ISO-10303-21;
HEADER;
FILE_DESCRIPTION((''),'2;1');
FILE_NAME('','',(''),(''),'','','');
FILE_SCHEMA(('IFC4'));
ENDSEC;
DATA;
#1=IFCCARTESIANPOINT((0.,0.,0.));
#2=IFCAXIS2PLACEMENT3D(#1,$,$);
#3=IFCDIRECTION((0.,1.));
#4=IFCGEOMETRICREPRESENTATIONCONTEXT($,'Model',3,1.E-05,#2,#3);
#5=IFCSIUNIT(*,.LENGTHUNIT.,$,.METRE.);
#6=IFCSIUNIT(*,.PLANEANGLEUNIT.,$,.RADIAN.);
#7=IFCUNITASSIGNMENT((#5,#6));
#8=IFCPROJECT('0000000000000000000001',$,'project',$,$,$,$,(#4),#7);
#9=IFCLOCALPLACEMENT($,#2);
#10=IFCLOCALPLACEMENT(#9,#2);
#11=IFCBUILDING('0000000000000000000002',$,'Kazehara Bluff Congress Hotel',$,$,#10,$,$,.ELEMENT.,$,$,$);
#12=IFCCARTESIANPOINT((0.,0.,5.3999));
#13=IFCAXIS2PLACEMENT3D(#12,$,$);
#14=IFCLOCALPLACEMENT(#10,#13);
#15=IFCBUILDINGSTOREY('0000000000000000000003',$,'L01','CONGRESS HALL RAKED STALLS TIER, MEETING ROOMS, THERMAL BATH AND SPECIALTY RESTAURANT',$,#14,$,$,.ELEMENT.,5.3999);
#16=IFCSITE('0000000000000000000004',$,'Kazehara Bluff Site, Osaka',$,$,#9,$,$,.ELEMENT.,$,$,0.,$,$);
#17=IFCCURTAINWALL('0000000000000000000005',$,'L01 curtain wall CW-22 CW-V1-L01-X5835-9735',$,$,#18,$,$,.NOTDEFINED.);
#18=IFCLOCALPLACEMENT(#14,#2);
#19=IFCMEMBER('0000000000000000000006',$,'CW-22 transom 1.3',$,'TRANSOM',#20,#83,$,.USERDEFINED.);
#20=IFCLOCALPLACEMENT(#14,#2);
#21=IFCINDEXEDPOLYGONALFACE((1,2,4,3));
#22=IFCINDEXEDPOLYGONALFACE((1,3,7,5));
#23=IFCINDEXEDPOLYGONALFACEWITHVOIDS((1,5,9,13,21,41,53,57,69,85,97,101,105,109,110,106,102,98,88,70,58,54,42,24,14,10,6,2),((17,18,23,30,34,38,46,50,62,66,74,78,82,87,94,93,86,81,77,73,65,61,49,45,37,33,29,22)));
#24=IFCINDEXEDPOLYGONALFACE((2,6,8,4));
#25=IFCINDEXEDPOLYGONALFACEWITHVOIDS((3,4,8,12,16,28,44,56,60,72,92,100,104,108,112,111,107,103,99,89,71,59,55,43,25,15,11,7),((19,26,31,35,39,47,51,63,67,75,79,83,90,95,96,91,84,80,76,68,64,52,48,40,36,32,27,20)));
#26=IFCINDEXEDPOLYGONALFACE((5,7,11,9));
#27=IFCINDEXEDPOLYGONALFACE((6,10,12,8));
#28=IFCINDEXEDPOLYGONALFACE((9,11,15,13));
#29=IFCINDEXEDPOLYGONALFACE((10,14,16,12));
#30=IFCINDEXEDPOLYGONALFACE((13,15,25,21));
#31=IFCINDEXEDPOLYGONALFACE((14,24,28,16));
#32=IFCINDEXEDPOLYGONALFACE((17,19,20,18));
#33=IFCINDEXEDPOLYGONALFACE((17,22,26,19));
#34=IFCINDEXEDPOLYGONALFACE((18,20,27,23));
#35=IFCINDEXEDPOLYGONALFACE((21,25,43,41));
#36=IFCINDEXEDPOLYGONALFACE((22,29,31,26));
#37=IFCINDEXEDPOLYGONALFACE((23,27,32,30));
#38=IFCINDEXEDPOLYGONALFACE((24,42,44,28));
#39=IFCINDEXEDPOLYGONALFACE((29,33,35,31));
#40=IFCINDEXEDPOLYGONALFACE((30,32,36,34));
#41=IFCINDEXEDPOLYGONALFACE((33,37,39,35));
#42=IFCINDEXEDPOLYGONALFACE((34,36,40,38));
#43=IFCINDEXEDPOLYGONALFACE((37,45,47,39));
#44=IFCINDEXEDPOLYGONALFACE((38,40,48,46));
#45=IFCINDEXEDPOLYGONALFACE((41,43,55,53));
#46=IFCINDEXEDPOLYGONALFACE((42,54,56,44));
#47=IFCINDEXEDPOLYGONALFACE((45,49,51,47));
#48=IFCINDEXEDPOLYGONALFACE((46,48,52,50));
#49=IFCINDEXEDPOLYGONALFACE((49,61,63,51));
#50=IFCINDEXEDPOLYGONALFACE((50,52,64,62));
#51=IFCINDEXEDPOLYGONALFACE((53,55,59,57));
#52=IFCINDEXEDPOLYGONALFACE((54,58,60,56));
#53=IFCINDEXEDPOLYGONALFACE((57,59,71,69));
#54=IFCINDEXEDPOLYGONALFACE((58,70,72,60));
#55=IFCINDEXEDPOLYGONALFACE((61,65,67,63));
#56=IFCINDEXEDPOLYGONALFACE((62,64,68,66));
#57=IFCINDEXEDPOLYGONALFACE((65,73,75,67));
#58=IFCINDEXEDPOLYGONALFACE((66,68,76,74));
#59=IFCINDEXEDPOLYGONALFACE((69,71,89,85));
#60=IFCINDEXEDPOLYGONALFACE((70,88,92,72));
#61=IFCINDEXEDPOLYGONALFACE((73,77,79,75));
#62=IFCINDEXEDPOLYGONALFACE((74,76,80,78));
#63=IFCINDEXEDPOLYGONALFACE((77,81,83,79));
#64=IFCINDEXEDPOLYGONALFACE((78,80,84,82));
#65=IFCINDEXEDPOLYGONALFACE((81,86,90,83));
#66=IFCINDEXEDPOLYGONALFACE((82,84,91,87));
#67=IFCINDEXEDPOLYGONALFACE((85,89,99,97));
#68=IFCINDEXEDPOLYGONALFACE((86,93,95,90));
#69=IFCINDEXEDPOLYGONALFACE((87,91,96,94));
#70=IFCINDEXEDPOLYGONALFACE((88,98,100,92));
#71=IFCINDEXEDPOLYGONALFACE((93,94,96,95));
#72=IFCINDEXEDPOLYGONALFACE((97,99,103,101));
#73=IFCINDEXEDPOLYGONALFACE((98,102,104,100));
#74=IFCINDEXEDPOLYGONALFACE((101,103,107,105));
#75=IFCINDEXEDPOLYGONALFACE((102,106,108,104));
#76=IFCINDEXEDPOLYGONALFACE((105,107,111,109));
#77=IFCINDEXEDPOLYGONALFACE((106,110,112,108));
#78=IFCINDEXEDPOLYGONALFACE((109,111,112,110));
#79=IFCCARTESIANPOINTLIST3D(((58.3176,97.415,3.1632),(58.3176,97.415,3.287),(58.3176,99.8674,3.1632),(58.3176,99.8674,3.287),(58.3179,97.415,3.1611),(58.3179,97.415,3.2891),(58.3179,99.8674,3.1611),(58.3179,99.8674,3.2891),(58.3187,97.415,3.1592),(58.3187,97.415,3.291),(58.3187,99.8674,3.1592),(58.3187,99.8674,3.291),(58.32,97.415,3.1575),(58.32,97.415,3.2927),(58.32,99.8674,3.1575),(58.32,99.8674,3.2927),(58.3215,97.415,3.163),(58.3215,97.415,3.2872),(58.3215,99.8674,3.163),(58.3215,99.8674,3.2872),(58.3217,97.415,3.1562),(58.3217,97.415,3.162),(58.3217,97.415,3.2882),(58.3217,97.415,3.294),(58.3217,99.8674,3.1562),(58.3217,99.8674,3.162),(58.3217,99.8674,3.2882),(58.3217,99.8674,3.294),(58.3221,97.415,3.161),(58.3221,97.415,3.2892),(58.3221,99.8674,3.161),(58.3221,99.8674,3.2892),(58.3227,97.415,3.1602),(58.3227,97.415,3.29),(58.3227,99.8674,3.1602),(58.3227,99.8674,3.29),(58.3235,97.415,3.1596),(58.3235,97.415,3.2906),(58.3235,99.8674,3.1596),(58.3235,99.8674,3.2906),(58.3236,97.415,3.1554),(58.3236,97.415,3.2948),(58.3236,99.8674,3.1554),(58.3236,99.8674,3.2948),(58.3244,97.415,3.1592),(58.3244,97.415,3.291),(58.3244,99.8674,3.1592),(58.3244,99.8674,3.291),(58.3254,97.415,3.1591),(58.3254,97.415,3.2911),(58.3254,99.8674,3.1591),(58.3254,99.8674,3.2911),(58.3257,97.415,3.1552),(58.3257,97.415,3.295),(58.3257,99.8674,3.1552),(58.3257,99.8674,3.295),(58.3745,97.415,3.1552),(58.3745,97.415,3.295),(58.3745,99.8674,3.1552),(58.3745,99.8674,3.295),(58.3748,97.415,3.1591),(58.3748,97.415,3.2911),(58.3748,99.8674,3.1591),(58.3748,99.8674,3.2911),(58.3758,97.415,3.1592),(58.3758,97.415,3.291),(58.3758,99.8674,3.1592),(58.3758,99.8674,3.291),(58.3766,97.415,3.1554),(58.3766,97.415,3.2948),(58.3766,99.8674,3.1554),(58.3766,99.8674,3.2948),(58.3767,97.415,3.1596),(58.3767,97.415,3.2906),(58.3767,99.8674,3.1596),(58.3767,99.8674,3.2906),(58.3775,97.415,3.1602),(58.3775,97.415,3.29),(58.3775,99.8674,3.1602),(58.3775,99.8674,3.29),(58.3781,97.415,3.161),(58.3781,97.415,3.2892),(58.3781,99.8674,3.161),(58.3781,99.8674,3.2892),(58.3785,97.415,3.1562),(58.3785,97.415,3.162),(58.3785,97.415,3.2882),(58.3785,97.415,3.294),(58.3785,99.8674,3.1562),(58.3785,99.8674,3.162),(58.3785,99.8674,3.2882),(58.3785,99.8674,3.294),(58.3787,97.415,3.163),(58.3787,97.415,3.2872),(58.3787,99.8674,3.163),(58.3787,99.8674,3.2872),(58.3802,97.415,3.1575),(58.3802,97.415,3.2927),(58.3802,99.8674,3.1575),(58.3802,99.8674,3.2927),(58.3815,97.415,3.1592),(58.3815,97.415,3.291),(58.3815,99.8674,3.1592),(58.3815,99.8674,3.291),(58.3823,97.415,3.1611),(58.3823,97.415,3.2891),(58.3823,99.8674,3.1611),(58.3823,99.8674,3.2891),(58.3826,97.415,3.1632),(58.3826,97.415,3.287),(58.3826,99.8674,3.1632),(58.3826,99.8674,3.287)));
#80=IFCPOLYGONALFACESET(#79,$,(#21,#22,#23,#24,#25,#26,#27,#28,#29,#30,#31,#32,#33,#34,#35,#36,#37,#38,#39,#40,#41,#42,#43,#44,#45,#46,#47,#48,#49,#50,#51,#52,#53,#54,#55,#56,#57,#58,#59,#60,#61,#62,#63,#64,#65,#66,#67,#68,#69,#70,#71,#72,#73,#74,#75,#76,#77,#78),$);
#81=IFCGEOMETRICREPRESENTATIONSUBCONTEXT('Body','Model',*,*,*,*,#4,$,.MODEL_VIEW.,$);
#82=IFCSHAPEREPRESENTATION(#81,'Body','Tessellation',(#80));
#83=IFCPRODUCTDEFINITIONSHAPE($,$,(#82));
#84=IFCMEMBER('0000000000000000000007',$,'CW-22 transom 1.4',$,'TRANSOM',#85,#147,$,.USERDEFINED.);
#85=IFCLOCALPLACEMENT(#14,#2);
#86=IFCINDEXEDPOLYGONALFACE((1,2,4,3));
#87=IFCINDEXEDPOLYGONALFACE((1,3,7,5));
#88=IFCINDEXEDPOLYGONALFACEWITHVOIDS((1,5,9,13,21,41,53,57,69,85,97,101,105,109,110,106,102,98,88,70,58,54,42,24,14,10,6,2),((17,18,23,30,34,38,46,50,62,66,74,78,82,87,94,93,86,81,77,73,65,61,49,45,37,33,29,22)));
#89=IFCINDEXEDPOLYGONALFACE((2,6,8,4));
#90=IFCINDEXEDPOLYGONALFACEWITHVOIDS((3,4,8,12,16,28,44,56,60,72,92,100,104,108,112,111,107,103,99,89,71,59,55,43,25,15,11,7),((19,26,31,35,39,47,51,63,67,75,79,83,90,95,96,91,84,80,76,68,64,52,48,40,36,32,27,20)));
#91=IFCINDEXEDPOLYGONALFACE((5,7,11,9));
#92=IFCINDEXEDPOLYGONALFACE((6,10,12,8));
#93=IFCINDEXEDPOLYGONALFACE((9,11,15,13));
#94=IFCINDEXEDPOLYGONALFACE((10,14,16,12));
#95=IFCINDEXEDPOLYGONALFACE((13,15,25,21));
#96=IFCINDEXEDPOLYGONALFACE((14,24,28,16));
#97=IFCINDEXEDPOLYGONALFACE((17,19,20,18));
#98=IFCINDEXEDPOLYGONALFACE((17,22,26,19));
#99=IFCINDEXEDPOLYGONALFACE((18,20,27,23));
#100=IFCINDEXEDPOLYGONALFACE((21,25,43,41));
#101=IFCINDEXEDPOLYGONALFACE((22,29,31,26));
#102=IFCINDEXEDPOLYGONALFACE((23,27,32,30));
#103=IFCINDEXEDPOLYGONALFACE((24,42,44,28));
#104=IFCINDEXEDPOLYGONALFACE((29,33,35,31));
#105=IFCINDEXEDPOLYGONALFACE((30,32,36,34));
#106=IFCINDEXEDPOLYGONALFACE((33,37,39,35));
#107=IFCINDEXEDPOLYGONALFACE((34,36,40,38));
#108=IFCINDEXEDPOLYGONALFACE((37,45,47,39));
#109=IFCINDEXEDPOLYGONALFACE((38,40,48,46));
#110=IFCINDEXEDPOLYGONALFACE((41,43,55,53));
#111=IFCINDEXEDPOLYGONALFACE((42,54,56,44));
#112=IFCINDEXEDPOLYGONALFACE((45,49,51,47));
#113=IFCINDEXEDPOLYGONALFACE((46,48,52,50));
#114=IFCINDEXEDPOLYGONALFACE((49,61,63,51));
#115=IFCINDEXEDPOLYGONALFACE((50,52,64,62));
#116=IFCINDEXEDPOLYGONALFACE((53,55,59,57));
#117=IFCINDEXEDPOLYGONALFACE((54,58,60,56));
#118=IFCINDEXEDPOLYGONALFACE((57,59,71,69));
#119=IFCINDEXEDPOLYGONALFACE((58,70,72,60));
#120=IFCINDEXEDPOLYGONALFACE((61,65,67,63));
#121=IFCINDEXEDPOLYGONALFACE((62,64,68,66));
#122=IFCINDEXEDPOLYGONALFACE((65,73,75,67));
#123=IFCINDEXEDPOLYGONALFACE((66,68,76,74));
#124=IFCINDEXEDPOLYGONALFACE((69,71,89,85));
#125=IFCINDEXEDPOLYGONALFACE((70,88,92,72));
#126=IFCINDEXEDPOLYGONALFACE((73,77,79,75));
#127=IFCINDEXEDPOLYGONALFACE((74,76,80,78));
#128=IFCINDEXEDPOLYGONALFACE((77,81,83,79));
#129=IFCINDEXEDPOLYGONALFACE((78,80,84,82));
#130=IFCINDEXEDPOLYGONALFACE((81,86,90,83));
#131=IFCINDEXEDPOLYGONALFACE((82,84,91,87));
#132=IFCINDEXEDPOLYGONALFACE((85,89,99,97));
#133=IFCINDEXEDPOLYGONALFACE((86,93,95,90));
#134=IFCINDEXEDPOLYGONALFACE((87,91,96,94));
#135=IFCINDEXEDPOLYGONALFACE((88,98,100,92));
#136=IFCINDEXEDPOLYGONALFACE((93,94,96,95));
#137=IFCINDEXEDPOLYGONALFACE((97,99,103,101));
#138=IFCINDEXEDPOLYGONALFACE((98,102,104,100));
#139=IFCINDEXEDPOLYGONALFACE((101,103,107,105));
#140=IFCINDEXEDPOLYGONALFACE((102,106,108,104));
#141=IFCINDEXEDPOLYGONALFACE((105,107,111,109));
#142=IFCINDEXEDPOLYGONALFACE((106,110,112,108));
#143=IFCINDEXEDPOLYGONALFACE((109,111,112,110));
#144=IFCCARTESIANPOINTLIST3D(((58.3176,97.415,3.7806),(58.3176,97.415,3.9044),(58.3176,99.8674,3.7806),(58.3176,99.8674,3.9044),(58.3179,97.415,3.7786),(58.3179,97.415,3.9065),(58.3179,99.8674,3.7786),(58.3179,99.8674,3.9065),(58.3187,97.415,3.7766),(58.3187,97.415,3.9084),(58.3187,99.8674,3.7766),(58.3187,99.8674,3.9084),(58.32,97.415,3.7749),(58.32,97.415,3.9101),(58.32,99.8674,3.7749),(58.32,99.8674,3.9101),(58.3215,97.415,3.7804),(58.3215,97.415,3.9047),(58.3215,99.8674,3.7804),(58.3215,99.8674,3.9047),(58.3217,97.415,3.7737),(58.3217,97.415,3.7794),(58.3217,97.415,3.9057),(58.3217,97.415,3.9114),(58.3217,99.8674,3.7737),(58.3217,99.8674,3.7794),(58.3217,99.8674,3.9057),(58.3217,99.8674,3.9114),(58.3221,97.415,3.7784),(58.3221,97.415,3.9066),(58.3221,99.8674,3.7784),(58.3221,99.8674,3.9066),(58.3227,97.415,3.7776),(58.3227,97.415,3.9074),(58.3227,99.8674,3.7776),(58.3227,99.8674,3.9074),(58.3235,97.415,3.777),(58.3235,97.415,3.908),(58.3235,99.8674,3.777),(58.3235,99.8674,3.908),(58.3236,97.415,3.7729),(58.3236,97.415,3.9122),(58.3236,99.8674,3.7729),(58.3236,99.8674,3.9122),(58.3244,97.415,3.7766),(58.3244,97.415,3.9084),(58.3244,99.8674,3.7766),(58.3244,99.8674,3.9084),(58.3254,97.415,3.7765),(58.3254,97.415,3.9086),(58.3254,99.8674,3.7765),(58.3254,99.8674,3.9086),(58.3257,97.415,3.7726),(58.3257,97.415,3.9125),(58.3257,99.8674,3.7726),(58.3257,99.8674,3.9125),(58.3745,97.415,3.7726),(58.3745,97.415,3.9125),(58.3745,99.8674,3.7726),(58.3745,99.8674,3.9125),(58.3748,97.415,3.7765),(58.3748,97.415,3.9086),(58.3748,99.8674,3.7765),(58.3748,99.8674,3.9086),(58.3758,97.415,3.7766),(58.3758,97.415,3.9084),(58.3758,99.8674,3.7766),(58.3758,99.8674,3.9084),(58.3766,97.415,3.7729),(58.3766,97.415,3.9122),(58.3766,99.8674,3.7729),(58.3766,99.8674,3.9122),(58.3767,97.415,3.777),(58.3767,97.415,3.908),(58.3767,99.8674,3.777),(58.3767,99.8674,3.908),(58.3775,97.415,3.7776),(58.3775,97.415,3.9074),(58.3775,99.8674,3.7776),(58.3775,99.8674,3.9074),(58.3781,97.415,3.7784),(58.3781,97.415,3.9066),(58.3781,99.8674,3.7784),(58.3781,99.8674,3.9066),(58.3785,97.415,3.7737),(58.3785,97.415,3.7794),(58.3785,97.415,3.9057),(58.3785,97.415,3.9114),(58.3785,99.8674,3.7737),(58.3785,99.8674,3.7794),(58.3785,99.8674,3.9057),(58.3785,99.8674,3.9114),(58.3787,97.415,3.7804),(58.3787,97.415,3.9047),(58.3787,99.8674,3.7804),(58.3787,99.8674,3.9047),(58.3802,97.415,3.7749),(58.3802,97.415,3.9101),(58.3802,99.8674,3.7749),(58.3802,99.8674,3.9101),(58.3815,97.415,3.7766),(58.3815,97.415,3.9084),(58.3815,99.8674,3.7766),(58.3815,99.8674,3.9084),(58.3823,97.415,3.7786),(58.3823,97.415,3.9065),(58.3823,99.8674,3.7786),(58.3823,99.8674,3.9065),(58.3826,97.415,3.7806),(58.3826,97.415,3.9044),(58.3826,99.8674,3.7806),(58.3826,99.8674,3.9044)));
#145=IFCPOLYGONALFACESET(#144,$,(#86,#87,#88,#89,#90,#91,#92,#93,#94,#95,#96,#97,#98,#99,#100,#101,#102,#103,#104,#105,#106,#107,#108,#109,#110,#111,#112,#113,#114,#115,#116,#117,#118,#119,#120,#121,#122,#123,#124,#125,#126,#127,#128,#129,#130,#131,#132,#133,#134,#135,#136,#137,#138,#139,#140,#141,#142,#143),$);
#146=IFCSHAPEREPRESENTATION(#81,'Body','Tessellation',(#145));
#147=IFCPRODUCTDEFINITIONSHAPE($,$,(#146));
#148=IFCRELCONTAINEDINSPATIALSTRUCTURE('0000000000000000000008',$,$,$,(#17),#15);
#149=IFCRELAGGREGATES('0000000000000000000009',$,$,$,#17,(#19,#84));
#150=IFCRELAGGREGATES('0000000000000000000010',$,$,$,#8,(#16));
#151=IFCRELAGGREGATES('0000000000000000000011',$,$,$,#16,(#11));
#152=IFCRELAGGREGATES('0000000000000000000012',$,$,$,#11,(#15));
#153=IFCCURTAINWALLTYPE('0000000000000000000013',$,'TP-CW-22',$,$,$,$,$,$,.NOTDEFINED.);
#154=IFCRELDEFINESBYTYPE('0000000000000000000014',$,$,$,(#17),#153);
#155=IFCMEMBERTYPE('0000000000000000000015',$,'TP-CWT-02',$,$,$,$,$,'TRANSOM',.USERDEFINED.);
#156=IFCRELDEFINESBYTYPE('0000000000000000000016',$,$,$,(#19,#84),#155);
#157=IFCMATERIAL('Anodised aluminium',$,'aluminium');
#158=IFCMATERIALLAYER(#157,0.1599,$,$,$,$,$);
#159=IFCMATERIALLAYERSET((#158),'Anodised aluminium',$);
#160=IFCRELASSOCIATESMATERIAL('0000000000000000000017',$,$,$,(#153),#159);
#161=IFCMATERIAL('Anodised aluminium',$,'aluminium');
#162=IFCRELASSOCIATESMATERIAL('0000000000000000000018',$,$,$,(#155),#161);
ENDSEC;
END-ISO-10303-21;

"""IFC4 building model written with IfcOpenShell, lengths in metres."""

from ifc_helpers import new_model, si_unit, direction, frame, origin, origin_2d, place, context, subcontext, project, spatial, hollow_rectangle, extrude, material, layer, layer_set, material_profile, profile_set, type_object, element, aggregate, save


model = new_model("IFC4")

# Units and contexts
model_context = context("Model", 3, precision=1e-05, world=origin(), true_north=direction((0.0, 1.0)))
body_context = subcontext(model_context, "Body", "Model", "MODEL_VIEW")
ifc_project = project(units=[si_unit("LENGTHUNIT", "METRE"), si_unit("PLANEANGLEUNIT", "RADIAN")], contexts=[model_context])

# Site, building, storey
site_placement = place(None, origin())
site = spatial("IfcSite", under=ifc_project, at=site_placement, Name="Kazehara Bluff Site, Osaka", CompositionType="ELEMENT", RefElevation=0.0)
building_placement = place(site_placement, origin())
building = spatial("IfcBuilding", under=site, at=building_placement, Name="Kazehara Bluff Congress Hotel", CompositionType="ELEMENT")
storey_placement = place(building_placement, frame((0.0, 0.0, 5.3999)))
storey = spatial("IfcBuildingStorey", under=building, at=storey_placement, Name="L01", Description="CONGRESS HALL RAKED STALLS TIER, MEETING ROOMS, THERMAL BATH AND SPECIALTY RESTAURANT", CompositionType="ELEMENT", Elevation=5.3999)

# Curtain wall, members
ifc_material_1 = material(Name="Anodised aluminium", Category="aluminium")
ifc_layer_1 = layer(ifc_material_1, 0.1599)
ifc_layer_set_1 = layer_set([ifc_layer_1], Name="Anodised aluminium")
curtain_wall_type = type_object("IfcCurtainWallType", Name="TP-CW-22", PredefinedType="NOTDEFINED", material=ifc_layer_set_1)
curtain_wall_placement = place(storey_placement, origin())
curtain_wall = element("IfcCurtainWall", 1, at=curtain_wall_placement, inside=storey, type_object=curtain_wall_type, Name="L01 curtain wall CW-22 CW-V1-L01-X5835-9735", PredefinedType="NOTDEFINED")
ifc_material_2 = material(Name="Anodised aluminium", Category="aluminium")
ifc_material_profile_1 = material_profile(ifc_material_2, hollow_rectangle(XDim=0.0649, YDim=0.1399, WallThickness=0.0039, InnerFilletRadius=0.0039, OuterFilletRadius=0.0081, at=origin_2d()))
ifc_profile_set_1 = profile_set([ifc_material_profile_1], Name="Anodised aluminium")
member_type_1 = type_object("IfcMemberType", Name="TP-CWT-02", ElementType="TRANSOM", PredefinedType="USERDEFINED", material=ifc_profile_set_1)
member_1_placement = place(storey_placement, frame((58.3501, 97.415, 3.2251), z_axis=(0.0, 1.0, 0.0), x_axis=(-1.0, 0.0, 0.0)))
member_1 = element("IfcMember", 2, at=member_1_placement, type_object=member_type_1, Name="CW-22 transom 1.3", ObjectType="TRANSOM", PredefinedType="USERDEFINED", context=body_context, shape_type="SweptSolid", body=[
    extrude(hollow_rectangle(XDim=0.0649, YDim=0.1399, WallThickness=0.0039, InnerFilletRadius=0.0039, OuterFilletRadius=0.0081, at=origin_2d()), origin(), (0.0, 0.0, 1.0), 2.4524),
])
member_2_placement = place(storey_placement, frame((58.3501, 97.415, 3.8425), z_axis=(0.0, 1.0, 0.0), x_axis=(-1.0, 0.0, 0.0)))
member_2 = element("IfcMember", 3, at=member_2_placement, type_object=member_type_1, Name="CW-22 transom 1.4", ObjectType="TRANSOM", PredefinedType="USERDEFINED", context=body_context, shape_type="SweptSolid", body=[
    extrude(hollow_rectangle(XDim=0.0649, YDim=0.1399, WallThickness=0.0039, InnerFilletRadius=0.0039, OuterFilletRadius=0.0081, at=origin_2d()), origin(), (0.0, 0.0, 1.0), 2.4524),
])

aggregate(curtain_wall, [member_1, member_2])

save(model, "model.ifc")
